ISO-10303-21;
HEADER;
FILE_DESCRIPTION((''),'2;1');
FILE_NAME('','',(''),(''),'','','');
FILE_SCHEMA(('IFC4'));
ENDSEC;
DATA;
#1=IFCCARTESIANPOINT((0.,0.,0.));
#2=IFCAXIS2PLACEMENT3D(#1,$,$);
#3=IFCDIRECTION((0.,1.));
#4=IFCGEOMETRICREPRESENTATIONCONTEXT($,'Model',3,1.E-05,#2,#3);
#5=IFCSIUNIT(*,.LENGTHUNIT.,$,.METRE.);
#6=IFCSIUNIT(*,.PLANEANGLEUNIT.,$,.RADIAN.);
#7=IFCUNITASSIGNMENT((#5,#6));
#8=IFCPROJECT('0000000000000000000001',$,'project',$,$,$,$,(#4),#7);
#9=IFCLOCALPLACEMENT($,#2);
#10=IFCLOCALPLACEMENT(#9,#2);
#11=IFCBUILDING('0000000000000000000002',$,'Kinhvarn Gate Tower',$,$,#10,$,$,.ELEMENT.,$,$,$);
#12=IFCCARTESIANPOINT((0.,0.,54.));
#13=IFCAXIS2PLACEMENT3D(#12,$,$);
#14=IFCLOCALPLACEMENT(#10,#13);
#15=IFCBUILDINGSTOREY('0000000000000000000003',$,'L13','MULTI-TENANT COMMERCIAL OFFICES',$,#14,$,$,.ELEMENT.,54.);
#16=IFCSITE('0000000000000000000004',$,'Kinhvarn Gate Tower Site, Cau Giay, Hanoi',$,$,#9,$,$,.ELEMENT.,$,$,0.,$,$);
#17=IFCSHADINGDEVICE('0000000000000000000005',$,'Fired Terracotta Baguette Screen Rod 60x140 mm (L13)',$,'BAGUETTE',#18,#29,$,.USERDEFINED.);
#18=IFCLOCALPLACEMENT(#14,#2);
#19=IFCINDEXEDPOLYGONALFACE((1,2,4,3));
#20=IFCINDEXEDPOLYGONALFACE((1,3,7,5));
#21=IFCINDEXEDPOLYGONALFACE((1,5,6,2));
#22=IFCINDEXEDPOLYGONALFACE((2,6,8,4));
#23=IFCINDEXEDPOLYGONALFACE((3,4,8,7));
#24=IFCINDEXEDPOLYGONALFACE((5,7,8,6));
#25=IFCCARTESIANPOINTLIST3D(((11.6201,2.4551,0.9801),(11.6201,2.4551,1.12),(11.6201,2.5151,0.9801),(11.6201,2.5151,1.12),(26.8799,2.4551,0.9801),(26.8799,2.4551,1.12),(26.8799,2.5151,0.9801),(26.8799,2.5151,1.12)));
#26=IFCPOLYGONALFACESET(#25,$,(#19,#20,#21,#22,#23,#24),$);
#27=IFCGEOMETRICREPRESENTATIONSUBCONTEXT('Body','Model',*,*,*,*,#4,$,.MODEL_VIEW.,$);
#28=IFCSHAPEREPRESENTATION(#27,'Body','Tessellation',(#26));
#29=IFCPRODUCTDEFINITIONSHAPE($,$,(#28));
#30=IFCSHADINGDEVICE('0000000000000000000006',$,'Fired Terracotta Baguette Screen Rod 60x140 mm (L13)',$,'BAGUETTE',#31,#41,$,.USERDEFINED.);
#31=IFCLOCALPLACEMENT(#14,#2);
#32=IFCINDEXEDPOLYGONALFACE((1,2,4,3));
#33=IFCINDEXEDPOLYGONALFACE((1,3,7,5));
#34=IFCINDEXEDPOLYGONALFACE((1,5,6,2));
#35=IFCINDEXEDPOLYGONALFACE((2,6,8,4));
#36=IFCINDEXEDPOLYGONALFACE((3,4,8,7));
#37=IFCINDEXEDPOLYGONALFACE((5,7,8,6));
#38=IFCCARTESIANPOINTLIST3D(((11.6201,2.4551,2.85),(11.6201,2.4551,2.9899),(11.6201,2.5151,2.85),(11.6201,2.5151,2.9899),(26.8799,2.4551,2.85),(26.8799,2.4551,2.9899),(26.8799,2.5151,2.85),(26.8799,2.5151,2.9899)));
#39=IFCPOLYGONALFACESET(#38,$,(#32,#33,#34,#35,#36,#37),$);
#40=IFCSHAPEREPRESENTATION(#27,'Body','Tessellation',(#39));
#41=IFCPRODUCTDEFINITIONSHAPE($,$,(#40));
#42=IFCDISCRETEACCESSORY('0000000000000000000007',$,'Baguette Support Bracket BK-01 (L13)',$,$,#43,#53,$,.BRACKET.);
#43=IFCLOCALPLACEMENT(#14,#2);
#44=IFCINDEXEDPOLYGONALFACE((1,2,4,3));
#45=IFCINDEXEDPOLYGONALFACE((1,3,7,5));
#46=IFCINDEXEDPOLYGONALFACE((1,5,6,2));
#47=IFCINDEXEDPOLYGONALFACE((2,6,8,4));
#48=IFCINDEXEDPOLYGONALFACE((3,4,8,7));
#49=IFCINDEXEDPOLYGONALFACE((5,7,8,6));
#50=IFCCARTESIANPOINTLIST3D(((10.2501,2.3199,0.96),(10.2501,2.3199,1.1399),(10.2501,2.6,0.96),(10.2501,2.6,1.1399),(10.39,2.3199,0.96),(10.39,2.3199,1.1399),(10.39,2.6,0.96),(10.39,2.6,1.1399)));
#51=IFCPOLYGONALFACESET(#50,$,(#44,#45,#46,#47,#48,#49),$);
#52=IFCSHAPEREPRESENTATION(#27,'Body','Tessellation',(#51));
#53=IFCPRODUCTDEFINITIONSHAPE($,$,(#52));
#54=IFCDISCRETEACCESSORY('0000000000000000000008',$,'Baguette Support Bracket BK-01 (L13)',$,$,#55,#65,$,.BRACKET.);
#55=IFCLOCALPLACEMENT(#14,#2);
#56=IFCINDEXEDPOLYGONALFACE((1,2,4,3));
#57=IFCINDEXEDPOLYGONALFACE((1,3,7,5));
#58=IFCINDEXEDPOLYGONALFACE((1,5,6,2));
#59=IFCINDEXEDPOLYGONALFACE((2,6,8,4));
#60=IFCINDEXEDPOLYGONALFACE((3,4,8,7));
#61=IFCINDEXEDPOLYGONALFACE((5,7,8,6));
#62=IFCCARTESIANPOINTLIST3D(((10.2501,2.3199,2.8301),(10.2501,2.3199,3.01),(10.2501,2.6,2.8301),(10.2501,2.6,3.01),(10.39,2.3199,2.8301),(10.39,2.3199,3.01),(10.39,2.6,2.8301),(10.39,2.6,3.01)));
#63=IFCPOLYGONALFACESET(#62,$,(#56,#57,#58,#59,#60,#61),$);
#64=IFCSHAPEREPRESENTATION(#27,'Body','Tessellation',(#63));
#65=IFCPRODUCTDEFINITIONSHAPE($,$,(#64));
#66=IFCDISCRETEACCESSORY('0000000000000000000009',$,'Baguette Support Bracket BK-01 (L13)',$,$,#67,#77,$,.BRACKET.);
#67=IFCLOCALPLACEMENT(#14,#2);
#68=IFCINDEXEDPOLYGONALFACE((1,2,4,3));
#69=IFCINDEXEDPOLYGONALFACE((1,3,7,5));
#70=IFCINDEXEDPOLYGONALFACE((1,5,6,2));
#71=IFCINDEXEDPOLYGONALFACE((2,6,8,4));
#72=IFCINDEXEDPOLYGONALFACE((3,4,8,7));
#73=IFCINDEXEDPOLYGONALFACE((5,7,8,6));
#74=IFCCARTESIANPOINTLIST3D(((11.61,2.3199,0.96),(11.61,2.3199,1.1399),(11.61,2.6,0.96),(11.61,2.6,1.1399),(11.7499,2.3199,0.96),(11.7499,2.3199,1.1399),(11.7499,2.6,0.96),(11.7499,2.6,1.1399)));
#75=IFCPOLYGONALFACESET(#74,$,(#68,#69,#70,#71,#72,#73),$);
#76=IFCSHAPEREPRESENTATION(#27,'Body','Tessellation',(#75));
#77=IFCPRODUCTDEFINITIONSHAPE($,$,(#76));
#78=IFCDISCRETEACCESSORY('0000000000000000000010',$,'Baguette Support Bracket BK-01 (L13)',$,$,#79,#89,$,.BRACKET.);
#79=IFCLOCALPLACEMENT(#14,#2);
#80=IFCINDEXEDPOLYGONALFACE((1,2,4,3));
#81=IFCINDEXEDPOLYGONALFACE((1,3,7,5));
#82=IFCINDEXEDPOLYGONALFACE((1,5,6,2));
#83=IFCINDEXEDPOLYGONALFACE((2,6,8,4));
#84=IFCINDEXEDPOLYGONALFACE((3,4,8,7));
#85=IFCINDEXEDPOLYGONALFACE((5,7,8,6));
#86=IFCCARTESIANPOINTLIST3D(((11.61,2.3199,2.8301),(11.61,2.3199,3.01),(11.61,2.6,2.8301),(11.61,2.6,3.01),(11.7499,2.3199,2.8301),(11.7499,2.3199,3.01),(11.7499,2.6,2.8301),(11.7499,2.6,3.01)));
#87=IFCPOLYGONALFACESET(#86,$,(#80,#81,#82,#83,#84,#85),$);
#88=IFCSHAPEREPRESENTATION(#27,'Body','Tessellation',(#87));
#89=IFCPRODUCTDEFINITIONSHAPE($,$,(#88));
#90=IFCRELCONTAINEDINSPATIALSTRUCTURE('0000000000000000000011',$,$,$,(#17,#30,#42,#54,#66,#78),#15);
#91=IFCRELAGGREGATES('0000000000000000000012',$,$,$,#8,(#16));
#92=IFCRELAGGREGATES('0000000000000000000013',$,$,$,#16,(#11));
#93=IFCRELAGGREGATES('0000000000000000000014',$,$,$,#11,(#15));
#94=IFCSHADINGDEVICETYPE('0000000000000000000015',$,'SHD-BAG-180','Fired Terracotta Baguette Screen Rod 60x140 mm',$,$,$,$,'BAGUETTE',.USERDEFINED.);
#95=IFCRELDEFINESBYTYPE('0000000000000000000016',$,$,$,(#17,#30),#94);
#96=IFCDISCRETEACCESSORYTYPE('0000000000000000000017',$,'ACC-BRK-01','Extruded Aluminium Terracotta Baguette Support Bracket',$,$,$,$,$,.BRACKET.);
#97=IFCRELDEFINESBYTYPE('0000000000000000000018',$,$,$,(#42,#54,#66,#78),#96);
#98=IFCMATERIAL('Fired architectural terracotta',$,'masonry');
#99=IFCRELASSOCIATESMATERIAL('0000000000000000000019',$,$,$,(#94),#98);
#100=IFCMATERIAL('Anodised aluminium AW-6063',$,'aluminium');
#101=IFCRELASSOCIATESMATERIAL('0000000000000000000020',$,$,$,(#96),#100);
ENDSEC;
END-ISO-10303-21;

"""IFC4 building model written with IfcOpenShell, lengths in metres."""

from ifc_helpers import new_model, si_unit, direction, frame, origin, origin_2d, place, context, subcontext, project, spatial, rectangle, extrude, material, material_profile, profile_set, type_object, element, save


model = new_model("IFC4")

# Units and contexts
model_context = context("Model", 3, precision=1e-05, world=origin(), true_north=direction((0.0, 1.0)))
body_context = subcontext(model_context, "Body", "Model", "MODEL_VIEW")
ifc_project = project(units=[si_unit("LENGTHUNIT", "METRE"), si_unit("PLANEANGLEUNIT", "RADIAN")], contexts=[model_context])

# Site, building, storey
site_placement = place(None, origin())
site = spatial("IfcSite", under=ifc_project, at=site_placement, Name="Kinhvarn Gate Tower Site, Cau Giay, Hanoi", CompositionType="ELEMENT", RefElevation=0.0)
building_placement = place(site_placement, origin())
building = spatial("IfcBuilding", under=site, at=building_placement, Name="Kinhvarn Gate Tower", CompositionType="ELEMENT")
storey_placement = place(building_placement, frame((0.0, 0.0, 54.0)))
storey = spatial("IfcBuildingStorey", under=building, at=storey_placement, Name="L13", Description="MULTI-TENANT COMMERCIAL OFFICES", CompositionType="ELEMENT", Elevation=54.0)

# Shared definitions
ifc_material_1 = material(Name="Anodised aluminium AW-6063", Category="aluminium")

# Shading devices
ifc_material_2 = material(Name="Fired architectural terracotta", Category="masonry")
ifc_material_profile_1 = material_profile(ifc_material_2, rectangle(XDim=0.0601, YDim=0.1399, at=origin_2d()), Name="TC 60x140")
ifc_profile_set_1 = profile_set([ifc_material_profile_1], Name="Fired architectural terracotta")
shading_device_type = type_object("IfcShadingDeviceType", Name="SHD-BAG-180", Description="Fired Terracotta Baguette Screen Rod 60x140 mm", ElementType="BAGUETTE", PredefinedType="USERDEFINED", material=ifc_profile_set_1)
for number, where, z_axis, x_axis, name in (
    (1, (11.6201, 2.4851, 1.05), (1.0, 0.0, 0.0), (0.0, 1.0, 0.0), "Fired Terracotta Baguette Screen Rod 60x140 mm (L13)"),
    (2, (11.6201, 2.4851, 2.9199), (1.0, 0.0, 0.0), (0.0, 1.0, 0.0), "Fired Terracotta Baguette Screen Rod 60x140 mm (L13)"),
):
    element("IfcShadingDevice", number, at=place(storey_placement, frame(where, z_axis=z_axis, x_axis=x_axis)), inside=storey, type_object=shading_device_type, Name=name, ObjectType="BAGUETTE", PredefinedType="USERDEFINED", context=body_context, shape_type="SweptSolid", body=[
        extrude(rectangle(XDim=0.0601, YDim=0.1399, at=origin_2d()), origin(), (0.0, 0.0, 1.0), 15.2598),
    ])

# Discrete accessories
discrete_accessory_type = type_object("IfcDiscreteAccessoryType", Name="ACC-BRK-01", Description="Extruded Aluminium Terracotta Baguette Support Bracket", PredefinedType="BRACKET", material=ifc_material_1)
for number, where, z_axis, x_axis, name in (
    (3, (10.3201, 2.46, 0.96), (0.0, 0.0, 1.0), (1.0, 0.0, 0.0), "Baguette Support Bracket BK-01 (L13)"),
    (4, (10.3201, 2.46, 2.8301), (0.0, 0.0, 1.0), (1.0, 0.0, 0.0), "Baguette Support Bracket BK-01 (L13)"),
    (5, (11.6799, 2.46, 0.96), (0.0, 0.0, 1.0), (1.0, 0.0, 0.0), "Baguette Support Bracket BK-01 (L13)"),
    (6, (11.6799, 2.46, 2.8301), (0.0, 0.0, 1.0), (1.0, 0.0, 0.0), "Baguette Support Bracket BK-01 (L13)"),
):
    element("IfcDiscreteAccessory", number, at=place(storey_placement, frame(where, z_axis=z_axis, x_axis=x_axis)), inside=storey, type_object=discrete_accessory_type, Name=name, PredefinedType="BRACKET", context=body_context, shape_type="SweptSolid", body=[
        extrude(rectangle(XDim=0.1399, YDim=0.28, at=origin_2d()), origin(), (0.0, 0.0, 1.0), 0.1799),
    ])

save(model, "model.ifc")
